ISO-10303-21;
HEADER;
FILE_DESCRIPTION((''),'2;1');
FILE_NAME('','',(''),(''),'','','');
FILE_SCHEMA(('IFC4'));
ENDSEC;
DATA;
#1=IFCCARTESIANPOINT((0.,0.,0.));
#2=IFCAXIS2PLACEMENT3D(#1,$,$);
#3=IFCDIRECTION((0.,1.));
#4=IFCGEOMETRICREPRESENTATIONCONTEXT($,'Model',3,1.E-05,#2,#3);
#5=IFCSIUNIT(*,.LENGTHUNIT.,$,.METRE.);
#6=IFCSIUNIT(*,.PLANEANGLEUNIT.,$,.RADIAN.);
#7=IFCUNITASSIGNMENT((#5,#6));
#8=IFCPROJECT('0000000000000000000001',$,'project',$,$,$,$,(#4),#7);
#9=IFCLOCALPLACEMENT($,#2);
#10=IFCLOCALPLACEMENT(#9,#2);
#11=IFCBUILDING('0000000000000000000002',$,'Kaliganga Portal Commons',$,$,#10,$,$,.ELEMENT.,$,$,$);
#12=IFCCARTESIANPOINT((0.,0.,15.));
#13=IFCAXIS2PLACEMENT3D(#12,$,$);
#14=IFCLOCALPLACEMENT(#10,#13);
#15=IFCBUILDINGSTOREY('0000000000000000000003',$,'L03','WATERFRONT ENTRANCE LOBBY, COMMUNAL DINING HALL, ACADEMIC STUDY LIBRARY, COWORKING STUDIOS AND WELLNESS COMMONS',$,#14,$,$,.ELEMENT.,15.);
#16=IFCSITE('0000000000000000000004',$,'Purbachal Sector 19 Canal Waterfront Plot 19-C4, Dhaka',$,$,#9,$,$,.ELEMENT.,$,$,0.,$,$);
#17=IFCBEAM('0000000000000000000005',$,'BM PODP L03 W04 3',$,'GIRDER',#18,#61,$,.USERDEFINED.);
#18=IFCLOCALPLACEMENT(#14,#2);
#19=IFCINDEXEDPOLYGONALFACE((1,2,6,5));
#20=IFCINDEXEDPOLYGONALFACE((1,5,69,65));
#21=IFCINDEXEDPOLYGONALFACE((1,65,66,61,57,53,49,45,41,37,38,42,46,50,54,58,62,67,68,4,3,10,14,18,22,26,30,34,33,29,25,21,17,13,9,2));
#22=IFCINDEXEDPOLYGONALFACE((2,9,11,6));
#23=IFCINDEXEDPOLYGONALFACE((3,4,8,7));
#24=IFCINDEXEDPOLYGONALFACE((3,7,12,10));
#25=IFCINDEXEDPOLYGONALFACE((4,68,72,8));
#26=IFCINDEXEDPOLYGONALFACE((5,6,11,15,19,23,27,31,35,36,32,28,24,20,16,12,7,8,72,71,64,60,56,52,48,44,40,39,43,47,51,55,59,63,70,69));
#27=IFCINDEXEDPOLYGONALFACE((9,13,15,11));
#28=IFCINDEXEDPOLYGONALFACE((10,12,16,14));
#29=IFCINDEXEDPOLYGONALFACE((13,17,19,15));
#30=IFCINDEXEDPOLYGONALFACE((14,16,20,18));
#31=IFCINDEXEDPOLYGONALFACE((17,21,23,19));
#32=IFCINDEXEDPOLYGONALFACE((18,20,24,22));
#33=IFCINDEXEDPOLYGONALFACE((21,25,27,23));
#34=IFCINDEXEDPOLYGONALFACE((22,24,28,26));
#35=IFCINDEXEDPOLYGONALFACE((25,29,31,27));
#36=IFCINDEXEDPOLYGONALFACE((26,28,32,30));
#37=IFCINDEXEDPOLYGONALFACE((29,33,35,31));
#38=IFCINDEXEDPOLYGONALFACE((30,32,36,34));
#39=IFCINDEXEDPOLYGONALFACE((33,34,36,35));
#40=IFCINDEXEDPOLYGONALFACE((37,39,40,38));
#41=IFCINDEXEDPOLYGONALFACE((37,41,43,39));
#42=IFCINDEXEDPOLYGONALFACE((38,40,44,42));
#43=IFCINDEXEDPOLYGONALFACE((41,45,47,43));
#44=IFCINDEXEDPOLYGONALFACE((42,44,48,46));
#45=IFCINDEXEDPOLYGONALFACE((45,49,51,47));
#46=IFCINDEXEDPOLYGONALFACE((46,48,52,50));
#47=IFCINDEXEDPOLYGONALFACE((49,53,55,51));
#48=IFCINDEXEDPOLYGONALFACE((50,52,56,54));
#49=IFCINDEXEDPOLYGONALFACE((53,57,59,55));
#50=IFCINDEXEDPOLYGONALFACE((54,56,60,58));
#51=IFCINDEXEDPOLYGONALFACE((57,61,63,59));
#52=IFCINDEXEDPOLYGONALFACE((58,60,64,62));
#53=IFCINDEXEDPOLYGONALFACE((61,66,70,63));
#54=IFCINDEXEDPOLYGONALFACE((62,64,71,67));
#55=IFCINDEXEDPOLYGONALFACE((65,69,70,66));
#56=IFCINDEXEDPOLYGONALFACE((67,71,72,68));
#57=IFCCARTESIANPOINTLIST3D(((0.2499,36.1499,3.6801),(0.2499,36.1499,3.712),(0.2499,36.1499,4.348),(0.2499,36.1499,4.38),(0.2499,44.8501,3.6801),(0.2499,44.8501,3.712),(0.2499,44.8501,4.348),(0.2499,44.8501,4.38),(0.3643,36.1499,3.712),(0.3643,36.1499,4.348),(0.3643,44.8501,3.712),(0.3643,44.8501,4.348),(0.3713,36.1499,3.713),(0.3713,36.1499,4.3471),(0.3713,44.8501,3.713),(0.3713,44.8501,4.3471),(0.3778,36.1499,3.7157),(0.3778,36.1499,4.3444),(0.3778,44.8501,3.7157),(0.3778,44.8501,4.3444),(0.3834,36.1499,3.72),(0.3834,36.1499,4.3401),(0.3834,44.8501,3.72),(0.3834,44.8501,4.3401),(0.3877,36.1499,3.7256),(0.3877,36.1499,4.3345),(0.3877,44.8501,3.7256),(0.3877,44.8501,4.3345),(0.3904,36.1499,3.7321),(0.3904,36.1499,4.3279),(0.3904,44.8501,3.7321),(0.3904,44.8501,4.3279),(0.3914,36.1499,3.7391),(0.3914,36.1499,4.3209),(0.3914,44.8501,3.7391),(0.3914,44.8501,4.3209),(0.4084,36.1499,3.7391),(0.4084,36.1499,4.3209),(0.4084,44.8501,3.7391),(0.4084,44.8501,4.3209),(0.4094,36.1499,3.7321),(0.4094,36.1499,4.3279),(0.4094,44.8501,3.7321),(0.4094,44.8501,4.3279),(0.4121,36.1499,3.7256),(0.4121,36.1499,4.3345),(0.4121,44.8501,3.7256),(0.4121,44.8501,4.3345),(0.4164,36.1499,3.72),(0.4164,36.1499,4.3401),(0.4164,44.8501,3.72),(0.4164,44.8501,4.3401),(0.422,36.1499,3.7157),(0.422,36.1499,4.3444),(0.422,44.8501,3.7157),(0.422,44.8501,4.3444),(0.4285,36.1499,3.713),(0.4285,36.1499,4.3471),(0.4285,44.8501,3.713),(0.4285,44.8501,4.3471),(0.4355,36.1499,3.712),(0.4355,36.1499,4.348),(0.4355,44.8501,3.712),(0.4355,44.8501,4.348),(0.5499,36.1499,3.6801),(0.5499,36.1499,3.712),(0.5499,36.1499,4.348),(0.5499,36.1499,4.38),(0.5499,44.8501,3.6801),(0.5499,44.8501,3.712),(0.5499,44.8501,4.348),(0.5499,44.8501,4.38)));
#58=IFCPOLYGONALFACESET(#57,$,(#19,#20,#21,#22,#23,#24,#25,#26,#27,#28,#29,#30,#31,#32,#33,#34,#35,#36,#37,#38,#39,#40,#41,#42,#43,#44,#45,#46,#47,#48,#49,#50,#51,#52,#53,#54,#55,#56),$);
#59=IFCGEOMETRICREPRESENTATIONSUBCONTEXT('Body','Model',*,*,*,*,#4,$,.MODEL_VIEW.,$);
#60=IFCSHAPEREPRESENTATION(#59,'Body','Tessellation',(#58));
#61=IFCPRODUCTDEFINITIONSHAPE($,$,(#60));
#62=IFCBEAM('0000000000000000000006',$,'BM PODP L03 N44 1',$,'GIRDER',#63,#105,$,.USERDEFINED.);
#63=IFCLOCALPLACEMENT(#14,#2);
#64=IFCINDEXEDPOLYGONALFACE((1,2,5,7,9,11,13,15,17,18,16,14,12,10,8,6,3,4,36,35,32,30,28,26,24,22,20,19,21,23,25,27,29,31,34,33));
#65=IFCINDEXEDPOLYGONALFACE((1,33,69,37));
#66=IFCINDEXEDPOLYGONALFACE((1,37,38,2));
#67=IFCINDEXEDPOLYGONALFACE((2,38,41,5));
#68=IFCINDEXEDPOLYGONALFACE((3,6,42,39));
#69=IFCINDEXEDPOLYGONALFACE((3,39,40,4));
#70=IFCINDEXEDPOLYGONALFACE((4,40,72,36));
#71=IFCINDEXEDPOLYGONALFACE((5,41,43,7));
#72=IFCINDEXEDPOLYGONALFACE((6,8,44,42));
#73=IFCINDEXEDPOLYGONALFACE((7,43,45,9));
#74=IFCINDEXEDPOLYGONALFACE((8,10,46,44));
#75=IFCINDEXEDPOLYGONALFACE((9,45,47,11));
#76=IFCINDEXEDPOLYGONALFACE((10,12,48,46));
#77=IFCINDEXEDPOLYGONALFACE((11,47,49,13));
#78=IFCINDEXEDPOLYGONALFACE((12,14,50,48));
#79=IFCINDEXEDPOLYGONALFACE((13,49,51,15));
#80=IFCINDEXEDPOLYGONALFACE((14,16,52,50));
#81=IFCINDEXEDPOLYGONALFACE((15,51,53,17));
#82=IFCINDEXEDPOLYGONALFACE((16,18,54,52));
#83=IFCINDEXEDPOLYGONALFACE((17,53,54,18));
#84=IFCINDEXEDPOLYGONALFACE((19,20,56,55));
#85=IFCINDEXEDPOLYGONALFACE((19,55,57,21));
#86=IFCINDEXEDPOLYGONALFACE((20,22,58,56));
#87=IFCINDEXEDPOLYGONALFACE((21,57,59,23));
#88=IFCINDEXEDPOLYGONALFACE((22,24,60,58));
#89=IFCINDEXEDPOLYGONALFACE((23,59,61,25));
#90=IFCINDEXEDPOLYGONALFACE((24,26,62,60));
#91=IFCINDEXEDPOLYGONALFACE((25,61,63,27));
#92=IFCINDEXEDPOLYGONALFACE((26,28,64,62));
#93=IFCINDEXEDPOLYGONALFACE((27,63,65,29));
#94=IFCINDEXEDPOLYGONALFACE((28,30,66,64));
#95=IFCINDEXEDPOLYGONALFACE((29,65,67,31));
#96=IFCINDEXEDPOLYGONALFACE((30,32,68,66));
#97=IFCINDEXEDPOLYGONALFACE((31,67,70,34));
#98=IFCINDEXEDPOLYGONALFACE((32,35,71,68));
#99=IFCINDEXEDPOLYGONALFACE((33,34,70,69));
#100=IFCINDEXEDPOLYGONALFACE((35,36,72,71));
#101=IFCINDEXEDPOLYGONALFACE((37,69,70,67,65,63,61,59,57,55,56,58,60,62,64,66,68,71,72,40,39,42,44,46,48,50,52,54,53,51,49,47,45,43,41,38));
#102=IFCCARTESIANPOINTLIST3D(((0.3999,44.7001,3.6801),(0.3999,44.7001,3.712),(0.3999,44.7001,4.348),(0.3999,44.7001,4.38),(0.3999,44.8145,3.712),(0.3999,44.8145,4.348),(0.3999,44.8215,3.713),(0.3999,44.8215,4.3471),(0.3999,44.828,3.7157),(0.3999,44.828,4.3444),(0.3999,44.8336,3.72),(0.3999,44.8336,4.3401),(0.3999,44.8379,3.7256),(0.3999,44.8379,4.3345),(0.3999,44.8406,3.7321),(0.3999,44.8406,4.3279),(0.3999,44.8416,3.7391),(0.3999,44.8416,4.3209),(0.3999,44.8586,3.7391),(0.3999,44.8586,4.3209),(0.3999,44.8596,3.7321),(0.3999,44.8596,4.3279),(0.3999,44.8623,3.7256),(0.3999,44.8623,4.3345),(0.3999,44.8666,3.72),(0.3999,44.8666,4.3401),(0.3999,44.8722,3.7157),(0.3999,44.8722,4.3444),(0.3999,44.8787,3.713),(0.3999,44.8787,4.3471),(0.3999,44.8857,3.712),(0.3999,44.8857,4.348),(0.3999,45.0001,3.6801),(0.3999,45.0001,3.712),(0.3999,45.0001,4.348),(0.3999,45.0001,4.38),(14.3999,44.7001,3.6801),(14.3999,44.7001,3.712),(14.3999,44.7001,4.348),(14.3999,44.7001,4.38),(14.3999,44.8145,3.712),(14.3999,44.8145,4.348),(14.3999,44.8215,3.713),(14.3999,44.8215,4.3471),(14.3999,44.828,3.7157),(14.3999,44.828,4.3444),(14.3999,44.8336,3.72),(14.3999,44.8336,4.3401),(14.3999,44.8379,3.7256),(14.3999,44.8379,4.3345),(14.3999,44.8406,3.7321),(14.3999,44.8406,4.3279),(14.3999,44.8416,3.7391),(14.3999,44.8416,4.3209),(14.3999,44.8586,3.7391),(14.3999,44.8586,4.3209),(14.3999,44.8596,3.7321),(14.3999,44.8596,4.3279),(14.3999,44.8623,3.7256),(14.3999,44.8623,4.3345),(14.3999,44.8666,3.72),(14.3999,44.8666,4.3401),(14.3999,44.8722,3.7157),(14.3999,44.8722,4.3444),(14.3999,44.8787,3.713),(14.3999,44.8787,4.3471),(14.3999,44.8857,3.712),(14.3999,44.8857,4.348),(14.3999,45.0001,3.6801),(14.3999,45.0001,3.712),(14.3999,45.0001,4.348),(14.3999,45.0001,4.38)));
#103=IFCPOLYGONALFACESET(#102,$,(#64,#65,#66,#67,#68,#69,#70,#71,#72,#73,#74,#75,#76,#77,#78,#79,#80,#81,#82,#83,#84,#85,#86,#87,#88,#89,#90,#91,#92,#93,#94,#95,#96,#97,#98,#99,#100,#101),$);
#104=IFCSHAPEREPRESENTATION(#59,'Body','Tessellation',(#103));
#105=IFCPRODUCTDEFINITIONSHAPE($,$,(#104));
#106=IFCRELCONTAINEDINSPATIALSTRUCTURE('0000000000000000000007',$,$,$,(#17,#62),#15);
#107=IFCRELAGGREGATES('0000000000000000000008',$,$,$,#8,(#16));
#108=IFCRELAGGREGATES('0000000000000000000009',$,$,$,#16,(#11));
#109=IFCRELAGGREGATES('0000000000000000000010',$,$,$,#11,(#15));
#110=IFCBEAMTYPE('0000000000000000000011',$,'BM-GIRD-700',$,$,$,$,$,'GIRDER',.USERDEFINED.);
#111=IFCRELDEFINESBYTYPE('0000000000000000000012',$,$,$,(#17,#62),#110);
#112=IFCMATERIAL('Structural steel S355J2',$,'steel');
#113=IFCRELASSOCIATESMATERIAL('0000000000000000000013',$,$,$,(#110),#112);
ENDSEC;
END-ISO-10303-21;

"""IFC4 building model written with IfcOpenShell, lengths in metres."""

from ifc_helpers import new_model, si_unit, direction, frame, origin, origin_2d, place, context, subcontext, project, spatial, i_section, extrude, source, transform, mapped, material, material_profile, profile_set, type_object, element, save


model = new_model("IFC4")

# Units and contexts
model_context = context("Model", 3, precision=1e-05, world=origin(), true_north=direction((0.0, 1.0)))
body_context = subcontext(model_context, "Body", "Model", "MODEL_VIEW")
ifc_project = project(units=[si_unit("LENGTHUNIT", "METRE"), si_unit("PLANEANGLEUNIT", "RADIAN")], contexts=[model_context])

# Site, building, storey
site_placement = place(None, origin())
site = spatial("IfcSite", under=ifc_project, at=site_placement, Name="Purbachal Sector 19 Canal Waterfront Plot 19-C4, Dhaka", CompositionType="ELEMENT", RefElevation=0.0)
building_placement = place(site_placement, origin())
building = spatial("IfcBuilding", under=site, at=building_placement, Name="Kaliganga Portal Commons", CompositionType="ELEMENT")
storey_placement = place(building_placement, frame((0.0, 0.0, 15.0)))
storey = spatial("IfcBuildingStorey", under=building, at=storey_placement, Name="L03", Description="WATERFRONT ENTRANCE LOBBY, COMMUNAL DINING HALL, ACADEMIC STUDY LIBRARY, COWORKING STUDIOS AND WELLNESS COMMONS", CompositionType="ELEMENT", Elevation=15.0)

# Beams
ifc_material_1 = material(Name="Structural steel S355J2", Category="steel")
ifc_material_profile_1 = material_profile(ifc_material_1, i_section(OverallWidth=0.3, OverallDepth=0.7, WebThickness=0.0171, FlangeThickness=0.032, FilletRadius=0.0271, at=origin_2d()), Name="HE 700 B")
ifc_profile_set_1 = profile_set([ifc_material_profile_1], Name="Structural steel S355J2 wide-flange")
beam_type = type_object("IfcBeamType", Name="BM-GIRD-700", ElementType="GIRDER", PredefinedType="USERDEFINED", material=ifc_profile_set_1)
shared_shape_1 = source(origin(), body_context, "Body", "SweptSolid", [
    extrude(i_section(OverallWidth=0.3, OverallDepth=0.7, WebThickness=0.0171, FlangeThickness=0.032, FilletRadius=0.0271, at=origin_2d()), origin(), (0.0, 0.0, 1.0), 8.7002),
])
beam_1_placement = place(storey_placement, frame((0.3999, 36.1499, 4.03), z_axis=(0.0, 1.0, 0.0), x_axis=(-1.0, 0.0, 0.0)))
element("IfcBeam", 1, at=beam_1_placement, inside=storey, type_object=beam_type, Name="BM PODP L03 W04 3", ObjectType="GIRDER", PredefinedType="USERDEFINED", context=body_context, shape_type="MappedRepresentation", body=[
    mapped(shared_shape_1, transform((0.0, 0.0, 0.0), x_axis=(1.0, 0.0, 0.0), y_axis=(0.0, 1.0, 0.0), z_axis=(0.0, 0.0, 1.0), scale=1.0)),
])
shared_shape_2 = source(origin(), body_context, "Body", "SweptSolid", [
    extrude(i_section(OverallWidth=0.3, OverallDepth=0.7, WebThickness=0.0171, FlangeThickness=0.032, FilletRadius=0.0271, at=origin_2d()), origin(), (0.0, 0.0, 1.0), 14.0),
])
beam_2_placement = place(storey_placement, frame((0.3999, 44.8501, 4.03), z_axis=(1.0, 0.0, 0.0), x_axis=(0.0, 1.0, 0.0)))
element("IfcBeam", 2, at=beam_2_placement, inside=storey, type_object=beam_type, Name="BM PODP L03 N44 1", ObjectType="GIRDER", PredefinedType="USERDEFINED", context=body_context, shape_type="MappedRepresentation", body=[
    mapped(shared_shape_2, transform((0.0, 0.0, 0.0), x_axis=(1.0, 0.0, 0.0), y_axis=(0.0, 1.0, 0.0), z_axis=(0.0, 0.0, 1.0), scale=1.0)),
])

save(model, "model.ifc")
